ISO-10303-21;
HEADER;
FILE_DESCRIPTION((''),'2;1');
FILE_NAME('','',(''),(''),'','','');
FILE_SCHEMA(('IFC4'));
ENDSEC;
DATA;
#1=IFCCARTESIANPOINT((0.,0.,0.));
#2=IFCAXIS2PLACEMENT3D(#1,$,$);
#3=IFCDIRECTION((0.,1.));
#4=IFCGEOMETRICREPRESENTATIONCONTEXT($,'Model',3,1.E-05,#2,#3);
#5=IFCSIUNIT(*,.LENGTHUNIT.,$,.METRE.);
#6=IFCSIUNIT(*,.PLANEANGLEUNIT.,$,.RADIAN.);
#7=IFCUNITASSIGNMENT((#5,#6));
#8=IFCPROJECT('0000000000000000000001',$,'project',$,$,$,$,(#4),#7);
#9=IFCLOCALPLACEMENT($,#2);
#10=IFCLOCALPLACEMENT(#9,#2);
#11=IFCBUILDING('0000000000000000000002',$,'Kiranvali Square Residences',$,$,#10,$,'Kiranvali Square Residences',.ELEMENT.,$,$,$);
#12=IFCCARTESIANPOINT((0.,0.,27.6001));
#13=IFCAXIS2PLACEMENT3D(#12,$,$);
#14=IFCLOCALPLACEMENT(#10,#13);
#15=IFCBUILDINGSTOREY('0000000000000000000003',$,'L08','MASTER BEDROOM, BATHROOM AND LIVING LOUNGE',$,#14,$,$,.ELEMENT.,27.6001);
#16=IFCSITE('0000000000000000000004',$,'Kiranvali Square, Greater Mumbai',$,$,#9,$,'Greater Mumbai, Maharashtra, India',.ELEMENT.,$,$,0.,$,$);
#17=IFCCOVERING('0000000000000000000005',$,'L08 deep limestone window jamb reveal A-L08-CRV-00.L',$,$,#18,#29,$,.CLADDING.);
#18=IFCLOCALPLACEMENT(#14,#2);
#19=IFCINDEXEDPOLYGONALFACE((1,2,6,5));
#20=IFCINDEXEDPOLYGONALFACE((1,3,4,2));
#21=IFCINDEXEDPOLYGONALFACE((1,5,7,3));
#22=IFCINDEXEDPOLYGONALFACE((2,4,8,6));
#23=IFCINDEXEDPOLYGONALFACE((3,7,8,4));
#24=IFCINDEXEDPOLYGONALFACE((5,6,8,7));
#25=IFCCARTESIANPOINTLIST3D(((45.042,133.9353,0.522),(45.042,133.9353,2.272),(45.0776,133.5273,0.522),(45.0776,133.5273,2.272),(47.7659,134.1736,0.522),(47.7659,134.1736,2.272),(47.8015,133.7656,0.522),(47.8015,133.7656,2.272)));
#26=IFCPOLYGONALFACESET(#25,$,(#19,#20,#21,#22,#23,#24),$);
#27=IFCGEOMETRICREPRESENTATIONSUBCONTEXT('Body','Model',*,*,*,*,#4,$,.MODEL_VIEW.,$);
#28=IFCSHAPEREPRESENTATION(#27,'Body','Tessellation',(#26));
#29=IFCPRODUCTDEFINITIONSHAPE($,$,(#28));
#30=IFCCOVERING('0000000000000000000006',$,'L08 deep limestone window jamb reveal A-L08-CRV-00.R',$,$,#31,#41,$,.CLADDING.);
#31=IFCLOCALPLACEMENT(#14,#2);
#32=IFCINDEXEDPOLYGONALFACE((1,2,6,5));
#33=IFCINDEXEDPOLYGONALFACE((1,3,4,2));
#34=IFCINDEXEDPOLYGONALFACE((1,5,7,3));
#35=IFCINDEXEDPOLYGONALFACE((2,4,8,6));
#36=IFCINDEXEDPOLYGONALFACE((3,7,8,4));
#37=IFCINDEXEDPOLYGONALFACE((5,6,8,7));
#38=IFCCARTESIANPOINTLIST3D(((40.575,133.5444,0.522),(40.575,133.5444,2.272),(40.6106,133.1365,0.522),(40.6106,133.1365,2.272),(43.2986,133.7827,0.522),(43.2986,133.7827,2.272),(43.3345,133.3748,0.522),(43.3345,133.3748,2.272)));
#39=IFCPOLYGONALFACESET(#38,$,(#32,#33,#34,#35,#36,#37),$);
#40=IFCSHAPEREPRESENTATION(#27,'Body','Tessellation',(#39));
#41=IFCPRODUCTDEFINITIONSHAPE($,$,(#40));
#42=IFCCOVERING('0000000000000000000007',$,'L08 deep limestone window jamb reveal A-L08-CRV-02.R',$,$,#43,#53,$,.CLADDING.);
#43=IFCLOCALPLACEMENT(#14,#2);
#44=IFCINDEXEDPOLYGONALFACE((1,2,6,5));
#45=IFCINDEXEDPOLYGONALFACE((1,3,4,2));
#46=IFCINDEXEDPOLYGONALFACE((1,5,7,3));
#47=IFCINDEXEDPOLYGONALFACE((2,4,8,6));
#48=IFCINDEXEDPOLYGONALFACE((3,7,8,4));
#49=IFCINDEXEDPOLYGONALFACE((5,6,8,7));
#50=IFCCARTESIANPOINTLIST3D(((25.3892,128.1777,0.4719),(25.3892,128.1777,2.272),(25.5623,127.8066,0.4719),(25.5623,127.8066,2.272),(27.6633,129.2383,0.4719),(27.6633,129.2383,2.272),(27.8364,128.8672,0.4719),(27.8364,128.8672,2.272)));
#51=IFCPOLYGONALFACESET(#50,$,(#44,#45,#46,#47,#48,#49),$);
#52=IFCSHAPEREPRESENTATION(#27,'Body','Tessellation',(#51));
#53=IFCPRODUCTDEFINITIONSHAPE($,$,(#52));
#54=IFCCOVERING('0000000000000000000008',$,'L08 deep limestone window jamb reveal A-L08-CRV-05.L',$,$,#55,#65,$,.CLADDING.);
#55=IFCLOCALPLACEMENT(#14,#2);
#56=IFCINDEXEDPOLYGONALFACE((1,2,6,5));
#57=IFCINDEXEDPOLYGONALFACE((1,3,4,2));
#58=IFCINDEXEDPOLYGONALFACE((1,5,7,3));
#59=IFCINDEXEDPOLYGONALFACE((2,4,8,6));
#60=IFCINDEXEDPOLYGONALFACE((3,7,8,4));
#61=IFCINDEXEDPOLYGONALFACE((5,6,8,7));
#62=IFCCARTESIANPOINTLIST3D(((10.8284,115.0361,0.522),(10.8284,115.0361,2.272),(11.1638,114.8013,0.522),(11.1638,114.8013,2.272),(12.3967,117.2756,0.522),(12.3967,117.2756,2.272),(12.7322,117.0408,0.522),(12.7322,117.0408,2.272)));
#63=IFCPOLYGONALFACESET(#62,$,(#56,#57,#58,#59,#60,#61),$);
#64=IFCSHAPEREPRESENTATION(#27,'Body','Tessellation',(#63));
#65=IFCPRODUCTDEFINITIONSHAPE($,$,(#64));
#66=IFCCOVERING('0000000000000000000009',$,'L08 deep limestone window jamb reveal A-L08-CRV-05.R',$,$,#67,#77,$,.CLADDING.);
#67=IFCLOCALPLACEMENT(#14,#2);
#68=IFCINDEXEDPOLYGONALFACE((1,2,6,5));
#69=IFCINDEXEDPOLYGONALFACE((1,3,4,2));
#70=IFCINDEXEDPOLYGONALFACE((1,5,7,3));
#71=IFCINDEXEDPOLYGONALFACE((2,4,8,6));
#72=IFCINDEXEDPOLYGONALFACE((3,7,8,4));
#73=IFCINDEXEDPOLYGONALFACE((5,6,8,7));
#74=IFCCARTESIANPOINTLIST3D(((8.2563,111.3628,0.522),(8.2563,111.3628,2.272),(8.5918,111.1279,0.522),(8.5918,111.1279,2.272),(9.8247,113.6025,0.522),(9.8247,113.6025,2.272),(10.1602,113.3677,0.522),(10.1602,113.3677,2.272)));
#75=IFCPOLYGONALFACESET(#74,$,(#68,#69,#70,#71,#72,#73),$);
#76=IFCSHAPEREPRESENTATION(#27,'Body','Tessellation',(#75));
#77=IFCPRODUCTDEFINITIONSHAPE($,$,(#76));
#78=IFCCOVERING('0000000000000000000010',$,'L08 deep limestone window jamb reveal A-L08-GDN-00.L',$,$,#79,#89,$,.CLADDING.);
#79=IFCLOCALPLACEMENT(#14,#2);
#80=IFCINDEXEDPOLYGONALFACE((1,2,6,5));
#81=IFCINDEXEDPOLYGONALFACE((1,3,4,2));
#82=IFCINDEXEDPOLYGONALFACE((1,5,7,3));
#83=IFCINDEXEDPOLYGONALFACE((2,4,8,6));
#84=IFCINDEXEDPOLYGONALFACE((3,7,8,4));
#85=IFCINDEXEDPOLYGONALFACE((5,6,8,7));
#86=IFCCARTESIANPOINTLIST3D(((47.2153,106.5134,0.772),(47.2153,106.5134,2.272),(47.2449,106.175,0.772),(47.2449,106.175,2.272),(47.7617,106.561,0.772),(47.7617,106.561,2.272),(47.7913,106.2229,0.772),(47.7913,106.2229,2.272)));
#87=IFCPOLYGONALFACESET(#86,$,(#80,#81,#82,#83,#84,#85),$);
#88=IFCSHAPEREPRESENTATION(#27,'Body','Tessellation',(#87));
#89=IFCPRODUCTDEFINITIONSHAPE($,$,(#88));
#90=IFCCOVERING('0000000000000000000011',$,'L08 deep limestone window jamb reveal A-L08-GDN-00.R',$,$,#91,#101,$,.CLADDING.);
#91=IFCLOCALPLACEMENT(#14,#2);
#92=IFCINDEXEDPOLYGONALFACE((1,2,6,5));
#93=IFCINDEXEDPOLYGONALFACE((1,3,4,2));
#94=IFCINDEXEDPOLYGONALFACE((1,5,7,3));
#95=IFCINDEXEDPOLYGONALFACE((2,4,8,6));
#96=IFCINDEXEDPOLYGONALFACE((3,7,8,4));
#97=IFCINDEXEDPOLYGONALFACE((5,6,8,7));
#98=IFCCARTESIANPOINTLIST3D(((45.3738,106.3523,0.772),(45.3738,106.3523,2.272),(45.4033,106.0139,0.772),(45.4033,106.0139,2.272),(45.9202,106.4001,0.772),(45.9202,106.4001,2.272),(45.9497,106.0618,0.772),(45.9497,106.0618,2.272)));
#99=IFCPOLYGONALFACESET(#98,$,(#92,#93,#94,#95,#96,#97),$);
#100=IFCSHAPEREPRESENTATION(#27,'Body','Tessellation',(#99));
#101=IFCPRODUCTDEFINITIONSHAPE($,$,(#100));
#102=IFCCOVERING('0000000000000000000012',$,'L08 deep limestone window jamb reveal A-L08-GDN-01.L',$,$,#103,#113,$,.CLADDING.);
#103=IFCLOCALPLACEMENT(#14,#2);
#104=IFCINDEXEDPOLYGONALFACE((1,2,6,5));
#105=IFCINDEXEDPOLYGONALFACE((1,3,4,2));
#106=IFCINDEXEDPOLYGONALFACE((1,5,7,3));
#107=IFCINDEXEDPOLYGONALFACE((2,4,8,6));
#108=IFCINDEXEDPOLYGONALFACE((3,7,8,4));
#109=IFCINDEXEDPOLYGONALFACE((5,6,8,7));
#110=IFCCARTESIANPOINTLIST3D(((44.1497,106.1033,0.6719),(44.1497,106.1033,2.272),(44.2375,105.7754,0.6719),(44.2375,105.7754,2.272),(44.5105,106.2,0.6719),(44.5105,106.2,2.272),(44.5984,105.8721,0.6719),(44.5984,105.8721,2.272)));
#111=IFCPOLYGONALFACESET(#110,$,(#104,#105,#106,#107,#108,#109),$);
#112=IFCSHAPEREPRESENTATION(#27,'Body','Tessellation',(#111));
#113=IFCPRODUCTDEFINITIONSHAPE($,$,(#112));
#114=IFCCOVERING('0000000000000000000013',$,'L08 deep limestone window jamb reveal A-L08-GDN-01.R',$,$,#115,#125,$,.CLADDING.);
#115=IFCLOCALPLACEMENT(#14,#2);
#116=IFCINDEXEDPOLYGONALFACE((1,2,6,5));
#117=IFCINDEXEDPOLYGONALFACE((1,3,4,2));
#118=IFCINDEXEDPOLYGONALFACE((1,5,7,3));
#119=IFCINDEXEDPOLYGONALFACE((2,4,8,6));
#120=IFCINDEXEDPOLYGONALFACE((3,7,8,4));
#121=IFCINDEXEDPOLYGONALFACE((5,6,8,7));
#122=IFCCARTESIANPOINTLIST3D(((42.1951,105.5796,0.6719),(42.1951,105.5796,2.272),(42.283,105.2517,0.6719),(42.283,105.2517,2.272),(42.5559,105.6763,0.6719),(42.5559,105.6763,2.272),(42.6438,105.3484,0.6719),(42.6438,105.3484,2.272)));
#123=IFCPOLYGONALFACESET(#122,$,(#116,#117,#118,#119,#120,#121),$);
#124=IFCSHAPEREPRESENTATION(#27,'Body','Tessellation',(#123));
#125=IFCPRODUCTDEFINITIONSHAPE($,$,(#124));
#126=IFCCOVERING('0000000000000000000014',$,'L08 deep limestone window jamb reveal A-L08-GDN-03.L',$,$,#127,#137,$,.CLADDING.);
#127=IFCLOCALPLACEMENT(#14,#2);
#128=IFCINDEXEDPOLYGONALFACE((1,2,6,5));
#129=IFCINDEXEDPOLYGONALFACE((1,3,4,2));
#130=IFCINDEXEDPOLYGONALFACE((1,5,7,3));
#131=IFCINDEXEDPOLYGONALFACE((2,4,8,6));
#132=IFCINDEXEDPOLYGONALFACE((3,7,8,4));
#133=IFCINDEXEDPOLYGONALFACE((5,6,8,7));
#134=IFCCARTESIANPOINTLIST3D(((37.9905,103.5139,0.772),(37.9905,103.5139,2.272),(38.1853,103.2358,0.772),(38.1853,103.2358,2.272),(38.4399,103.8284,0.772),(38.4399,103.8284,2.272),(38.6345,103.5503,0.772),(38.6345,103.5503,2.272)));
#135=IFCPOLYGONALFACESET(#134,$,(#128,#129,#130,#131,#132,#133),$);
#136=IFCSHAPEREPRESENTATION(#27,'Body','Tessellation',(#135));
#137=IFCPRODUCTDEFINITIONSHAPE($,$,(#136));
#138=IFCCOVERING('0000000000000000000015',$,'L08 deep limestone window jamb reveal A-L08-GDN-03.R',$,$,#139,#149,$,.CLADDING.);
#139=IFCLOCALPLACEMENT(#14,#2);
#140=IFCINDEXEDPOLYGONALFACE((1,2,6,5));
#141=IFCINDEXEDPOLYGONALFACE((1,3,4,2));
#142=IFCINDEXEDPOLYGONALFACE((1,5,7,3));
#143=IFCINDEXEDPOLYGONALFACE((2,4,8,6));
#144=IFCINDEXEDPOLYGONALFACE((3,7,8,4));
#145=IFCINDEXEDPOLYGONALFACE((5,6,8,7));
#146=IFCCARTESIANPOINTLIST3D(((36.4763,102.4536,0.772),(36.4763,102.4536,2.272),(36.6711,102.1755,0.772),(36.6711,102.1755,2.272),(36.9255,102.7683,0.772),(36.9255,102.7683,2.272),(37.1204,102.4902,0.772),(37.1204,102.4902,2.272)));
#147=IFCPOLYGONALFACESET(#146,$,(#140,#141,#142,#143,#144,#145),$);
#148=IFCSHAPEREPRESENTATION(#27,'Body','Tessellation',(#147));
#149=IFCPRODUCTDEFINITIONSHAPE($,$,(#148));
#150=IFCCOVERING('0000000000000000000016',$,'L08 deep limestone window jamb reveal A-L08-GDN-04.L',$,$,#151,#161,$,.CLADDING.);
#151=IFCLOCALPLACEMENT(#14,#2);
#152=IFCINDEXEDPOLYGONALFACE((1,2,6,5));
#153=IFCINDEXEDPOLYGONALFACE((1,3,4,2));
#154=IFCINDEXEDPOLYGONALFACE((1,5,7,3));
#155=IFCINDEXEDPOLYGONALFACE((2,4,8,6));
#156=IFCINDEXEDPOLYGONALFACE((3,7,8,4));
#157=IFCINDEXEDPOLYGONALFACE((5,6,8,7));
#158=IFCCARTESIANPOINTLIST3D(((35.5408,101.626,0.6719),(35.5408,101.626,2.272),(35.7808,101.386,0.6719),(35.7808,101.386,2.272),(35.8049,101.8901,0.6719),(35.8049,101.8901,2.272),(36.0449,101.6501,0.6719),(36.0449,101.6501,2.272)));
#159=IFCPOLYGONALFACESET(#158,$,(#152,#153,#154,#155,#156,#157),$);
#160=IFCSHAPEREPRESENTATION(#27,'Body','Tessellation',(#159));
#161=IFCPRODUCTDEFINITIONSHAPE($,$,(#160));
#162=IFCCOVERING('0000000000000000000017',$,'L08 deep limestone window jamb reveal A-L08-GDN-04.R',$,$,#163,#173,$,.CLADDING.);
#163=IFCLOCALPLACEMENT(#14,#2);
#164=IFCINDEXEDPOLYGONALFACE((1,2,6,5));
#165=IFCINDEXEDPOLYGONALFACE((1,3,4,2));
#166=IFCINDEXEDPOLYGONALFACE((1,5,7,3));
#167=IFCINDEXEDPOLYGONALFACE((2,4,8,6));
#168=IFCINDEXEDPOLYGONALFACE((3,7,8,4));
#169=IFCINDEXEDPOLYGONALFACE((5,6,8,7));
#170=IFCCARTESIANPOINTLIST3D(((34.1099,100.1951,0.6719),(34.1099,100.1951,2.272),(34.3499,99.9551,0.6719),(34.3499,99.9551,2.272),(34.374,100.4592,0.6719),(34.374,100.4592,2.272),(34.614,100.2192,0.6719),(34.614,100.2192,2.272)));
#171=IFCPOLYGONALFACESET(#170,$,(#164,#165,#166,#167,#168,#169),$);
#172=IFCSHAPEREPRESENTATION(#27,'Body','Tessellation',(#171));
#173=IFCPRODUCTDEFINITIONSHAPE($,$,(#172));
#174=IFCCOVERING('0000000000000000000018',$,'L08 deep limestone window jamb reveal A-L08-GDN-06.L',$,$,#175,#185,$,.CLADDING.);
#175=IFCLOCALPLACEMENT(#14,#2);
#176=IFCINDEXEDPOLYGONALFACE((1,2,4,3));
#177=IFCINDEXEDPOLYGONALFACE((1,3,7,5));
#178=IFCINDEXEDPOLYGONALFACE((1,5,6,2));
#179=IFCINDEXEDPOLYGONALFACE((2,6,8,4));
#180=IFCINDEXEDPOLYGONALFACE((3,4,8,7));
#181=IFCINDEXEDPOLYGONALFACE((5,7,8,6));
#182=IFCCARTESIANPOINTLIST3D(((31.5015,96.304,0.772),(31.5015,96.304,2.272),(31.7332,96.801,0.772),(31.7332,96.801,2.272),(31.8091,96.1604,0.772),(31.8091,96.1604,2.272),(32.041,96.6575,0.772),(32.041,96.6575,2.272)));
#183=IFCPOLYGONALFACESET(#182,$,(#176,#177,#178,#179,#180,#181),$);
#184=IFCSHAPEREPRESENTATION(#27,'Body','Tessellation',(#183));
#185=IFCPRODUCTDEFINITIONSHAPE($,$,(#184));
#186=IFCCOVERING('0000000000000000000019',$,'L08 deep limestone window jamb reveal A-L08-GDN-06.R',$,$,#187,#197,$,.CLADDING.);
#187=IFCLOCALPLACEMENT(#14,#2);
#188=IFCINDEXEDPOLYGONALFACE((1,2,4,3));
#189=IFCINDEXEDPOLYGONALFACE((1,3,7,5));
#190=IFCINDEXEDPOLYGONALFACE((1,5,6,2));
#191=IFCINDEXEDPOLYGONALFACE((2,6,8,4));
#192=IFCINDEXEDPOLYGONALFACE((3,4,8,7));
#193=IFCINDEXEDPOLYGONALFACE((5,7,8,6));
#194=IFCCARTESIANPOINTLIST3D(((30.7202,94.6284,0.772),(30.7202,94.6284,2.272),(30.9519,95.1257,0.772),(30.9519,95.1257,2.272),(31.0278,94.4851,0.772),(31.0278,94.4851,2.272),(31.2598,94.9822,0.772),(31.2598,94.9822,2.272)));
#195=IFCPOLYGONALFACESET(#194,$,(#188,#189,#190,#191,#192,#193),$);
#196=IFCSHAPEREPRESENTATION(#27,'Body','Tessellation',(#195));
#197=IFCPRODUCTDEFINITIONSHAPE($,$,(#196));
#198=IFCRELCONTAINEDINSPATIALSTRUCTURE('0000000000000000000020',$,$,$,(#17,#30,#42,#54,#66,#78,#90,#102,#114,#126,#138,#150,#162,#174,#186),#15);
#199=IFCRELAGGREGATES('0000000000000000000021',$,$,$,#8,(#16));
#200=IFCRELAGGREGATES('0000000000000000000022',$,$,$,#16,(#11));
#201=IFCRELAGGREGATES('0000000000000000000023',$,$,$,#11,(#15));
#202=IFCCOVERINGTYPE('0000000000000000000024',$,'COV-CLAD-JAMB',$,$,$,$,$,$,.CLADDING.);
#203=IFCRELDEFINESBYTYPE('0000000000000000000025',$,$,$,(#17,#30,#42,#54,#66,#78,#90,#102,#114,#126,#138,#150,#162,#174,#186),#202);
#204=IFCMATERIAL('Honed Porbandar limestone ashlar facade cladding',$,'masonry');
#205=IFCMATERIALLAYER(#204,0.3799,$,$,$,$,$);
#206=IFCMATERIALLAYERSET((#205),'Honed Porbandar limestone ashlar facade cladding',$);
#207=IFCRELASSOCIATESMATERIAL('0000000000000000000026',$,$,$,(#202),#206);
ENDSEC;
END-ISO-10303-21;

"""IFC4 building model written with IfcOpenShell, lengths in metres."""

from ifc_helpers import new_model, si_unit, direction, frame, origin, place, context, subcontext, project, spatial, polyline, outline, extrude, material, layer, layer_set, type_object, element, save


model = new_model("IFC4")

# Units and contexts
model_context = context("Model", 3, precision=1e-05, world=origin(), true_north=direction((0.0, 1.0)))
body_context = subcontext(model_context, "Body", "Model", "MODEL_VIEW")
ifc_project = project(units=[si_unit("LENGTHUNIT", "METRE"), si_unit("PLANEANGLEUNIT", "RADIAN")], contexts=[model_context])

# Site, building, storey
site_placement = place(None, origin())
site = spatial("IfcSite", under=ifc_project, at=site_placement, Name="Kiranvali Square, Greater Mumbai", LongName="Greater Mumbai, Maharashtra, India", CompositionType="ELEMENT", RefElevation=0.0)
building_placement = place(site_placement, origin())
building = spatial("IfcBuilding", under=site, at=building_placement, Name="Kiranvali Square Residences", LongName="Kiranvali Square Residences", CompositionType="ELEMENT")
storey_placement = place(building_placement, frame((0.0, 0.0, 27.6001)))
storey = spatial("IfcBuildingStorey", under=building, at=storey_placement, Name="L08", Description="MASTER BEDROOM, BATHROOM AND LIVING LOUNGE", CompositionType="ELEMENT", Elevation=27.6001)

# Coverings
ifc_material = material(Name="Honed Porbandar limestone ashlar facade cladding", Category="masonry")
ifc_layer = layer(ifc_material, 0.3799)
ifc_layer_set = layer_set([ifc_layer], Name="Honed Porbandar limestone ashlar facade cladding")
covering_type = type_object("IfcCoveringType", Name="COV-CLAD-JAMB", PredefinedType="CLADDING", material=ifc_layer_set)
covering_1_placement = place(storey_placement, frame((0.0, 0.0, 0.522)))
element("IfcCovering", 1, at=covering_1_placement, inside=storey, type_object=covering_type, Name="L08 deep limestone window jamb reveal A-L08-CRV-00.L", PredefinedType="CLADDING", context=body_context, shape_type="SweptSolid", body=[
    extrude(outline(polyline([(47.7659, 134.1736), (45.042, 133.9353), (45.0776, 133.5273), (47.8015, 133.7656), (47.7659, 134.1736)])), origin(), (0.0, 0.0, 1.0), 1.75),
])
covering_2_placement = place(storey_placement, frame((0.0, 0.0, 0.522)))
element("IfcCovering", 2, at=covering_2_placement, inside=storey, type_object=covering_type, Name="L08 deep limestone window jamb reveal A-L08-CRV-00.R", PredefinedType="CLADDING", context=body_context, shape_type="SweptSolid", body=[
    extrude(outline(polyline([(43.2986, 133.7827), (40.575, 133.5444), (40.6106, 133.1365), (43.3345, 133.3748), (43.2986, 133.7827)])), origin(), (0.0, 0.0, 1.0), 1.75),
])
covering_3_placement = place(storey_placement, frame((0.0, 0.0, 0.4719)))
element("IfcCovering", 3, at=covering_3_placement, inside=storey, type_object=covering_type, Name="L08 deep limestone window jamb reveal A-L08-CRV-02.R", PredefinedType="CLADDING", context=body_context, shape_type="SweptSolid", body=[
    extrude(outline(polyline([(27.6633, 129.2383), (25.3892, 128.1777), (25.5623, 127.8066), (27.8364, 128.8672), (27.6633, 129.2383)])), origin(), (0.0, 0.0, 1.0), 1.8),
])
covering_4_placement = place(storey_placement, frame((0.0, 0.0, 0.522)))
element("IfcCovering", 4, at=covering_4_placement, inside=storey, type_object=covering_type, Name="L08 deep limestone window jamb reveal A-L08-CRV-05.L", PredefinedType="CLADDING", context=body_context, shape_type="SweptSolid", body=[
    extrude(outline(polyline([(12.3967, 117.2756), (10.8284, 115.0361), (11.1638, 114.8013), (12.7322, 117.0408), (12.3967, 117.2756)])), origin(), (0.0, 0.0, 1.0), 1.75),
])
covering_5_placement = place(storey_placement, frame((0.0, 0.0, 0.522)))
element("IfcCovering", 5, at=covering_5_placement, inside=storey, type_object=covering_type, Name="L08 deep limestone window jamb reveal A-L08-CRV-05.R", PredefinedType="CLADDING", context=body_context, shape_type="SweptSolid", body=[
    extrude(outline(polyline([(9.8247, 113.6025), (8.2563, 111.3628), (8.5918, 111.1279), (10.1602, 113.3677), (9.8247, 113.6025)])), origin(), (0.0, 0.0, 1.0), 1.75),
])
covering_6_placement = place(storey_placement, frame((0.0, 0.0, 0.772)))
element("IfcCovering", 6, at=covering_6_placement, inside=storey, type_object=covering_type, Name="L08 deep limestone window jamb reveal A-L08-GDN-00.L", PredefinedType="CLADDING", context=body_context, shape_type="SweptSolid", body=[
    extrude(outline(polyline([(47.7617, 106.561), (47.2153, 106.5134), (47.2449, 106.175), (47.7913, 106.2229), (47.7617, 106.561)])), origin(), (0.0, 0.0, 1.0), 1.5),
])
covering_7_placement = place(storey_placement, frame((0.0, 0.0, 0.772)))
element("IfcCovering", 7, at=covering_7_placement, inside=storey, type_object=covering_type, Name="L08 deep limestone window jamb reveal A-L08-GDN-00.R", PredefinedType="CLADDING", context=body_context, shape_type="SweptSolid", body=[
    extrude(outline(polyline([(45.9202, 106.4001), (45.3738, 106.3523), (45.4033, 106.0139), (45.9497, 106.0618), (45.9202, 106.4001)])), origin(), (0.0, 0.0, 1.0), 1.5),
])
covering_8_placement = place(storey_placement, frame((0.0, 0.0, 0.6719)))
element("IfcCovering", 8, at=covering_8_placement, inside=storey, type_object=covering_type, Name="L08 deep limestone window jamb reveal A-L08-GDN-01.L", PredefinedType="CLADDING", context=body_context, shape_type="SweptSolid", body=[
    extrude(outline(polyline([(44.5105, 106.2), (44.1497, 106.1033), (44.2375, 105.7754), (44.5984, 105.8721), (44.5105, 106.2)])), origin(), (0.0, 0.0, 1.0), 1.6001),
])
covering_9_placement = place(storey_placement, frame((0.0, 0.0, 0.6719)))
element("IfcCovering", 9, at=covering_9_placement, inside=storey, type_object=covering_type, Name="L08 deep limestone window jamb reveal A-L08-GDN-01.R", PredefinedType="CLADDING", context=body_context, shape_type="SweptSolid", body=[
    extrude(outline(polyline([(42.5559, 105.6763), (42.1951, 105.5796), (42.283, 105.2517), (42.6438, 105.3484), (42.5559, 105.6763)])), origin(), (0.0, 0.0, 1.0), 1.6001),
])
covering_10_placement = place(storey_placement, frame((0.0, 0.0, 0.772)))
element("IfcCovering", 10, at=covering_10_placement, inside=storey, type_object=covering_type, Name="L08 deep limestone window jamb reveal A-L08-GDN-03.L", PredefinedType="CLADDING", context=body_context, shape_type="SweptSolid", body=[
    extrude(outline(polyline([(38.4399, 103.8284), (37.9905, 103.5139), (38.1853, 103.2358), (38.6345, 103.5503), (38.4399, 103.8284)])), origin(), (0.0, 0.0, 1.0), 1.5),
])
covering_11_placement = place(storey_placement, frame((0.0, 0.0, 0.772)))
element("IfcCovering", 11, at=covering_11_placement, inside=storey, type_object=covering_type, Name="L08 deep limestone window jamb reveal A-L08-GDN-03.R", PredefinedType="CLADDING", context=body_context, shape_type="SweptSolid", body=[
    extrude(outline(polyline([(36.9255, 102.7683), (36.4763, 102.4536), (36.6711, 102.1755), (37.1204, 102.4902), (36.9255, 102.7683)])), origin(), (0.0, 0.0, 1.0), 1.5),
])
covering_12_placement = place(storey_placement, frame((0.0, 0.0, 0.6719)))
element("IfcCovering", 12, at=covering_12_placement, inside=storey, type_object=covering_type, Name="L08 deep limestone window jamb reveal A-L08-GDN-04.L", PredefinedType="CLADDING", context=body_context, shape_type="SweptSolid", body=[
    extrude(outline(polyline([(35.8049, 101.8901), (35.5408, 101.626), (35.7808, 101.386), (36.0449, 101.6501), (35.8049, 101.8901)])), origin(), (0.0, 0.0, 1.0), 1.6001),
])
covering_13_placement = place(storey_placement, frame((0.0, 0.0, 0.6719)))
element("IfcCovering", 13, at=covering_13_placement, inside=storey, type_object=covering_type, Name="L08 deep limestone window jamb reveal A-L08-GDN-04.R", PredefinedType="CLADDING", context=body_context, shape_type="SweptSolid", body=[
    extrude(outline(polyline([(34.374, 100.4592), (34.1099, 100.1951), (34.3499, 99.9551), (34.614, 100.2192), (34.374, 100.4592)])), origin(), (0.0, 0.0, 1.0), 1.6001),
])
covering_14_placement = place(storey_placement, frame((0.0, 0.0, 0.772)))
element("IfcCovering", 14, at=covering_14_placement, inside=storey, type_object=covering_type, Name="L08 deep limestone window jamb reveal A-L08-GDN-06.L", PredefinedType="CLADDING", context=body_context, shape_type="SweptSolid", body=[
    extrude(outline(polyline([(31.7332, 96.801), (31.5015, 96.304), (31.8091, 96.1604), (32.041, 96.6575), (31.7332, 96.801)])), origin(), (0.0, 0.0, 1.0), 1.5),
])
covering_15_placement = place(storey_placement, frame((0.0, 0.0, 0.772)))
element("IfcCovering", 15, at=covering_15_placement, inside=storey, type_object=covering_type, Name="L08 deep limestone window jamb reveal A-L08-GDN-06.R", PredefinedType="CLADDING", context=body_context, shape_type="SweptSolid", body=[
    extrude(outline(polyline([(30.9519, 95.1257), (30.7202, 94.6284), (31.0278, 94.4851), (31.2598, 94.9822), (30.9519, 95.1257)])), origin(), (0.0, 0.0, 1.0), 1.5),
])

save(model, "model.ifc")
